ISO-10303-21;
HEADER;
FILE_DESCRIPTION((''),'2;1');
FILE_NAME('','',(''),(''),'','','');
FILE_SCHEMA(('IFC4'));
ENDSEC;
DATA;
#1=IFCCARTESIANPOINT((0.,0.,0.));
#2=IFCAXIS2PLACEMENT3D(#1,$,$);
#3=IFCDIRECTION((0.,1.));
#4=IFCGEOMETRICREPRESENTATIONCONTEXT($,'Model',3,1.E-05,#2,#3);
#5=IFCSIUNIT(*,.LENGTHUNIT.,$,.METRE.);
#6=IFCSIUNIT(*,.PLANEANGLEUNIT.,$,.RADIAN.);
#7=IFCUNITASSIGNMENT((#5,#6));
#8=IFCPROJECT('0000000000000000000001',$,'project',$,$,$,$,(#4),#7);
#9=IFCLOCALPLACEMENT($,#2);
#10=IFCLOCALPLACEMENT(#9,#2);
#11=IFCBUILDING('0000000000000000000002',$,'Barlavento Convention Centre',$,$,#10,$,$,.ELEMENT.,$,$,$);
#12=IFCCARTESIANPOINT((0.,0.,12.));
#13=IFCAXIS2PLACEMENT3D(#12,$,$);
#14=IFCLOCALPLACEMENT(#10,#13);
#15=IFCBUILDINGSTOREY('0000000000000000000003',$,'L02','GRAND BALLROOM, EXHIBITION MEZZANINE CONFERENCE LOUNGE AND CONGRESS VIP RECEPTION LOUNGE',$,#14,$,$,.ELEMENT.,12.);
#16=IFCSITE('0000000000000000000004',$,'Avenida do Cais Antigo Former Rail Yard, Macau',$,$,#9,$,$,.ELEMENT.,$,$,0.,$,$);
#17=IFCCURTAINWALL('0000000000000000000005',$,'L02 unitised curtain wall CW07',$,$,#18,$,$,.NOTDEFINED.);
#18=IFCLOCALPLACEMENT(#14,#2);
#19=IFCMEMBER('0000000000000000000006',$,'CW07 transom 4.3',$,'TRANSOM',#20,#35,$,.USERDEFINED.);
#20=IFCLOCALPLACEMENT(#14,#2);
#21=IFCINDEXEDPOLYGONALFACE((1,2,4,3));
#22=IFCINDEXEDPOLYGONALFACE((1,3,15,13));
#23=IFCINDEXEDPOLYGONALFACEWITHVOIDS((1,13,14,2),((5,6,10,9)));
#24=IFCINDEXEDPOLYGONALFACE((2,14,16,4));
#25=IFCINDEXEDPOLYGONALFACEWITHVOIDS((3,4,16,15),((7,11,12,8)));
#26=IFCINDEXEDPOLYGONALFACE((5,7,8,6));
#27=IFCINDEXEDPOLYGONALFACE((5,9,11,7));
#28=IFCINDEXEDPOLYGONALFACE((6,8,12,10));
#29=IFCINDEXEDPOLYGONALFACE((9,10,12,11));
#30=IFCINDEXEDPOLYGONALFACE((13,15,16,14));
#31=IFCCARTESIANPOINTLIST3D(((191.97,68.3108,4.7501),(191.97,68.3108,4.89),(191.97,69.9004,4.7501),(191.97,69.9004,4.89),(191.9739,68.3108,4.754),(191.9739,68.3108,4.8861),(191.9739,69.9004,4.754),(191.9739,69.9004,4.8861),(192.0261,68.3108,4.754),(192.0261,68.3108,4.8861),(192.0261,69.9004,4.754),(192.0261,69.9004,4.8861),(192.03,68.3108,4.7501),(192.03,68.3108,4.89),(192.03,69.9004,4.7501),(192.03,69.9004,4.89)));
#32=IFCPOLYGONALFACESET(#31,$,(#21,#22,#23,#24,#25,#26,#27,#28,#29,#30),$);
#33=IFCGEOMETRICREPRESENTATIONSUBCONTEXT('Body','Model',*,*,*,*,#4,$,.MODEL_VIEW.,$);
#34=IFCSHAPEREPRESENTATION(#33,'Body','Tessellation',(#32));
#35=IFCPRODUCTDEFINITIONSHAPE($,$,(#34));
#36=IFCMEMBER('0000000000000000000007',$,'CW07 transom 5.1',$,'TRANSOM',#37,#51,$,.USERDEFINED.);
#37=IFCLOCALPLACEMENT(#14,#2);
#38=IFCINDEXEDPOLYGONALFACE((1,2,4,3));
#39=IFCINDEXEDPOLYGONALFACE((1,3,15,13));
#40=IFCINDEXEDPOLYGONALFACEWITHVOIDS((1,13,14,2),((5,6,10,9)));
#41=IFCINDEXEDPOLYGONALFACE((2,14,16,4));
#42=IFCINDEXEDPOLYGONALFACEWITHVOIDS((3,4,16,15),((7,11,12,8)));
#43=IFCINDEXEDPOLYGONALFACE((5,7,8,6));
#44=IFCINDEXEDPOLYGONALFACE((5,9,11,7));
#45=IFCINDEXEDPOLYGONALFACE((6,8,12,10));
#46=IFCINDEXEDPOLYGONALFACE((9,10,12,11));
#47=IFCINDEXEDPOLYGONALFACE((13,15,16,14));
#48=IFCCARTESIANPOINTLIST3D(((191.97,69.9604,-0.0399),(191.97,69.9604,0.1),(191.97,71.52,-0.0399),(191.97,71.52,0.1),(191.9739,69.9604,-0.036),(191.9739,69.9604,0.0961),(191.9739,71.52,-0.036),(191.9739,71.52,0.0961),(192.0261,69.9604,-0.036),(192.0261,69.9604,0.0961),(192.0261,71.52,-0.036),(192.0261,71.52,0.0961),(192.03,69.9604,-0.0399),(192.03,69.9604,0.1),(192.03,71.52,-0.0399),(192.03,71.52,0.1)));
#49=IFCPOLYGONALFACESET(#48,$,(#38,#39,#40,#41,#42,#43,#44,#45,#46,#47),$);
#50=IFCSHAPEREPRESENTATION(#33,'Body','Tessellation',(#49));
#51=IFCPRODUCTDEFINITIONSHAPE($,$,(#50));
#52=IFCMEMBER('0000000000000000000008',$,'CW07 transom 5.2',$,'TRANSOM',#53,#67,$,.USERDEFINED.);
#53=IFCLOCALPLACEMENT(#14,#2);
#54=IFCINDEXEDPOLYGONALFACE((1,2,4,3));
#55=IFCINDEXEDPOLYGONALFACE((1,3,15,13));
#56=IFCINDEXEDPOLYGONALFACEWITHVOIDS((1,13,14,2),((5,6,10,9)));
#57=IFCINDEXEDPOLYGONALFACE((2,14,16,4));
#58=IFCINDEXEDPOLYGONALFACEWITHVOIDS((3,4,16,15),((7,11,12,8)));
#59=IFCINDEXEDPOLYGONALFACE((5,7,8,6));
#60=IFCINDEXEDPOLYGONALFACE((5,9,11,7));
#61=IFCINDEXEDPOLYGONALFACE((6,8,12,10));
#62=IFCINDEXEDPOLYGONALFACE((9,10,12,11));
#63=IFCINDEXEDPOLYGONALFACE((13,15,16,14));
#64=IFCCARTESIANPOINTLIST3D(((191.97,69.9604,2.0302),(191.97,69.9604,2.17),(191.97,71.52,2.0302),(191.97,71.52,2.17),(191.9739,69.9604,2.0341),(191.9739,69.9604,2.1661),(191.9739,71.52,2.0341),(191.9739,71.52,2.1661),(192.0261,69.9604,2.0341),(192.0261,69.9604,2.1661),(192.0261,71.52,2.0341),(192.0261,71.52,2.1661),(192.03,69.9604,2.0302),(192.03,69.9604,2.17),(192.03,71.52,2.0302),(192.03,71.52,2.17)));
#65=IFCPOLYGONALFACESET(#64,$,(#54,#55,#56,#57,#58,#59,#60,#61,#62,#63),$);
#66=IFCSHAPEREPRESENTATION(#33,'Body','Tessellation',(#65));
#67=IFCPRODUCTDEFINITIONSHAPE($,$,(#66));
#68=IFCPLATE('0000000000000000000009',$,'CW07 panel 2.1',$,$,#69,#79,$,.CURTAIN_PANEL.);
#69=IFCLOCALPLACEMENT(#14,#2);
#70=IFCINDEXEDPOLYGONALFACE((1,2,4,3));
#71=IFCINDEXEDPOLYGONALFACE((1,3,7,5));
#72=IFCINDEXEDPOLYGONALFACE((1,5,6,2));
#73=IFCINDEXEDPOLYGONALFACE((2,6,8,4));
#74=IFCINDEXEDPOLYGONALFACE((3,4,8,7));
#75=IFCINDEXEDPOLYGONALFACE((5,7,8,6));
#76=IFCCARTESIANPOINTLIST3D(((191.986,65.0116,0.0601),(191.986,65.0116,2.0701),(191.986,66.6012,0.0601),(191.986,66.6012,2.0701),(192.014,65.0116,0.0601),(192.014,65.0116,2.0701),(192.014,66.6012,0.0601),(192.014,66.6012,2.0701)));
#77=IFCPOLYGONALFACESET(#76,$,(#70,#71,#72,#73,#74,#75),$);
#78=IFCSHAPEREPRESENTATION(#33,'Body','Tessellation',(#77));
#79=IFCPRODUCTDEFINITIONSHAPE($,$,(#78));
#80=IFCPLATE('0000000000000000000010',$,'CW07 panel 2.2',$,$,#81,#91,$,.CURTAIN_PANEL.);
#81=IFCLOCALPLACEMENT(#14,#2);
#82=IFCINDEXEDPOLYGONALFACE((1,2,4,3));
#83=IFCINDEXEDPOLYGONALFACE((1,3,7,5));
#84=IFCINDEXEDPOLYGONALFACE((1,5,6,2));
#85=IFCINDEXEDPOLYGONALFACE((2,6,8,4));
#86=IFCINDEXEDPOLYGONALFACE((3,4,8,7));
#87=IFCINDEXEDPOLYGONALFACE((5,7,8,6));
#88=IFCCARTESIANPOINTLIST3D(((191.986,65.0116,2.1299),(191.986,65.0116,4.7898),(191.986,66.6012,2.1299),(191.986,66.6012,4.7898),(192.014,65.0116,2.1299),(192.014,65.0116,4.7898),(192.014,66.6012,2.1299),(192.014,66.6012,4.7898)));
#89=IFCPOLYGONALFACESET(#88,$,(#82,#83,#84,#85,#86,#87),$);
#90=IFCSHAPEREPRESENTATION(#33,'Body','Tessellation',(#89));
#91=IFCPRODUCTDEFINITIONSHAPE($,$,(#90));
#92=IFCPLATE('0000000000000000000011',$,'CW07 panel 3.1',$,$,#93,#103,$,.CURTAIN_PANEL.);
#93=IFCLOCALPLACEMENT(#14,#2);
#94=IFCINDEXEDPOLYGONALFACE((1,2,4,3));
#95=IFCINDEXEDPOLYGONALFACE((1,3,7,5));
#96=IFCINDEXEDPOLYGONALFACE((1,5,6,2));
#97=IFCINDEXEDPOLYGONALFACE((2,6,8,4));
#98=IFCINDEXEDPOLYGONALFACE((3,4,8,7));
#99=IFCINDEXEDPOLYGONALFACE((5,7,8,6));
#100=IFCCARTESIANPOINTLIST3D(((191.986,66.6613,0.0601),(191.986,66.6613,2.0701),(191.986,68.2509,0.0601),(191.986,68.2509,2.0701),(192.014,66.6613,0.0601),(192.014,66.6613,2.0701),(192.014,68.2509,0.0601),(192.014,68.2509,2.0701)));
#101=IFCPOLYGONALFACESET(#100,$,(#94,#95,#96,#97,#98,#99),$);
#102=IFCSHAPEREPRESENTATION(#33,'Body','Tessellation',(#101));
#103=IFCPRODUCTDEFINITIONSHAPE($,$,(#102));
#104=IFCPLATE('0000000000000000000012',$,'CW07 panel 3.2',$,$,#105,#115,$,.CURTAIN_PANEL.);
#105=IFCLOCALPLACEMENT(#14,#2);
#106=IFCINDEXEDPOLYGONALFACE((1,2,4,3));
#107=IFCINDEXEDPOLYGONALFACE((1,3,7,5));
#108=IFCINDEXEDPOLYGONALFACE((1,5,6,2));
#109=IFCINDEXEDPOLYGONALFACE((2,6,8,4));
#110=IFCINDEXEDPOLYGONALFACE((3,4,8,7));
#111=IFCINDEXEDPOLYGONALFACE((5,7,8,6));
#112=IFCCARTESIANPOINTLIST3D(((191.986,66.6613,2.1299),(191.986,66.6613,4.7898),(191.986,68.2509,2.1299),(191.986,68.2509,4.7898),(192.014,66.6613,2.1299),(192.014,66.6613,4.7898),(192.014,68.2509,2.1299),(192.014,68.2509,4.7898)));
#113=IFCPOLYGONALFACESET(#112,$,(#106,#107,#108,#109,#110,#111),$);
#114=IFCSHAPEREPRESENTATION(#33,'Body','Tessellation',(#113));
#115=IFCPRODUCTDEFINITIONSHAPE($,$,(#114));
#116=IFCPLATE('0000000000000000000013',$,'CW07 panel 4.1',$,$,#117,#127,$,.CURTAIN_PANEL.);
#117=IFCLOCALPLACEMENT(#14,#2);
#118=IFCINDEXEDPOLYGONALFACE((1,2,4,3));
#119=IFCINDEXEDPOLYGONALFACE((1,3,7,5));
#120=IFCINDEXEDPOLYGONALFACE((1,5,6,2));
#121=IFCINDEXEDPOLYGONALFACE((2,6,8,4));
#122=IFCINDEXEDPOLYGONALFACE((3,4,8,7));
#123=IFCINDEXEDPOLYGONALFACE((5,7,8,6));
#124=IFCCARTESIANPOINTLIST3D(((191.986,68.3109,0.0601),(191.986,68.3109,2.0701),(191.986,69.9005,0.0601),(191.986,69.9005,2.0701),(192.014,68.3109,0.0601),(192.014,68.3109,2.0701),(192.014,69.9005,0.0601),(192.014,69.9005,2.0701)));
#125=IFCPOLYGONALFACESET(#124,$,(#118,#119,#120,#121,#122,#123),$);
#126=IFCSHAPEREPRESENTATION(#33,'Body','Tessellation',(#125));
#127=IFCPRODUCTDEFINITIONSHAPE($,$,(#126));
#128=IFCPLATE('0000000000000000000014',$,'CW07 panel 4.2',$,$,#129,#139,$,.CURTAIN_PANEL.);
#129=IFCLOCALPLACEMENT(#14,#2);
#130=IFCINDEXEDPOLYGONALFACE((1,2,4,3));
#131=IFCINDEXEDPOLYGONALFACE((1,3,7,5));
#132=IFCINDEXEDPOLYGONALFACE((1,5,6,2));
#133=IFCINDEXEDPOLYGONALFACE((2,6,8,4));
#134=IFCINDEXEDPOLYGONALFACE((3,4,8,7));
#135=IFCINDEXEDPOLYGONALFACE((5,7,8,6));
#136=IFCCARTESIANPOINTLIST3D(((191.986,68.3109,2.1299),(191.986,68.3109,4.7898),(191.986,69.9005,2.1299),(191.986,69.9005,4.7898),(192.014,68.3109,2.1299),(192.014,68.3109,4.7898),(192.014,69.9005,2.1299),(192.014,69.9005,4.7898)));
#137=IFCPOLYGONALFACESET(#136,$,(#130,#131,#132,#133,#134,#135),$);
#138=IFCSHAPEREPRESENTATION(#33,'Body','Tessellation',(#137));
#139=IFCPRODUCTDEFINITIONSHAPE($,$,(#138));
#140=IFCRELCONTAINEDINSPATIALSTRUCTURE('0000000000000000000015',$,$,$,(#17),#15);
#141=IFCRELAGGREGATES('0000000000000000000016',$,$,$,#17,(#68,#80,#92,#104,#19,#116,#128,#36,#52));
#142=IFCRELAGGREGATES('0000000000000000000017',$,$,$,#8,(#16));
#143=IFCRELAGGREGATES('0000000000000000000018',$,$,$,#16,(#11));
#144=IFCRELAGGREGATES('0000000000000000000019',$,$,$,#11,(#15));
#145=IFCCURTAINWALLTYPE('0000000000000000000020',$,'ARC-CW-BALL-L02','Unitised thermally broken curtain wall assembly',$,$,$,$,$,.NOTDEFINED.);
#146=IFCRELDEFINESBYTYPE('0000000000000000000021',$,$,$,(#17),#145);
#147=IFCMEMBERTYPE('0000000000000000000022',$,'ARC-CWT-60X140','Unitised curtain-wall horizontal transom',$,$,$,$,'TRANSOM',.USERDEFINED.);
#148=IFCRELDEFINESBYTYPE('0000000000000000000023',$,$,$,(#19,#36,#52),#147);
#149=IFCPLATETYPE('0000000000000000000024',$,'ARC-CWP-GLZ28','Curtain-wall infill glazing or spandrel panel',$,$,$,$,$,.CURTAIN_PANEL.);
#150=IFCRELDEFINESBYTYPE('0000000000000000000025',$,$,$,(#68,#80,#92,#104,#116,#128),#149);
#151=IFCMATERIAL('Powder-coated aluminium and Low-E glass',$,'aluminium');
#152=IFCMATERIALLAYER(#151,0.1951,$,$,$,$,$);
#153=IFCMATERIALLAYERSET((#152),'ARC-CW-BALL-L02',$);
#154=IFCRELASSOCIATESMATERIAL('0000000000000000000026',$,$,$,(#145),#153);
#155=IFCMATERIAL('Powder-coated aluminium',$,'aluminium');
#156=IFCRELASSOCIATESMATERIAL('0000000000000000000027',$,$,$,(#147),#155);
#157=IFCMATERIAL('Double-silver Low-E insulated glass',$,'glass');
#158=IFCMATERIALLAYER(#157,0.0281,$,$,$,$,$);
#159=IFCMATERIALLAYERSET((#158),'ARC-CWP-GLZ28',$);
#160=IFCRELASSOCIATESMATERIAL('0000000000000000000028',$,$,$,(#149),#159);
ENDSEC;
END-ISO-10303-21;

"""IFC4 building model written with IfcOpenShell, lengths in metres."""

from ifc_helpers import new_model, si_unit, direction, frame, origin, origin_2d, place, context, subcontext, project, spatial, rectangle, hollow_rectangle, extrude, material, layer, layer_set, material_profile, profile_set, type_object, element, aggregate, save


model = new_model("IFC4")

# Units and contexts
model_context = context("Model", 3, precision=1e-05, world=origin(), true_north=direction((0.0, 1.0)))
body_context = subcontext(model_context, "Body", "Model", "MODEL_VIEW")
ifc_project = project(units=[si_unit("LENGTHUNIT", "METRE"), si_unit("PLANEANGLEUNIT", "RADIAN")], contexts=[model_context])

# Site, building, storey
site_placement = place(None, origin())
site = spatial("IfcSite", under=ifc_project, at=site_placement, Name="Avenida do Cais Antigo Former Rail Yard, Macau", CompositionType="ELEMENT", RefElevation=0.0)
building_placement = place(site_placement, origin())
building = spatial("IfcBuilding", under=site, at=building_placement, Name="Barlavento Convention Centre", CompositionType="ELEMENT")
storey_placement = place(building_placement, frame((0.0, 0.0, 12.0)))
storey = spatial("IfcBuildingStorey", under=building, at=storey_placement, Name="L02", Description="GRAND BALLROOM, EXHIBITION MEZZANINE CONFERENCE LOUNGE AND CONGRESS VIP RECEPTION LOUNGE", CompositionType="ELEMENT", Elevation=12.0)

# Curtain wall, members, plates
ifc_material_1 = material(Name="Powder-coated aluminium and Low-E glass", Category="aluminium")
ifc_layer_1 = layer(ifc_material_1, 0.1951)
ifc_layer_set_1 = layer_set([ifc_layer_1], Name="ARC-CW-BALL-L02")
curtain_wall_type = type_object("IfcCurtainWallType", Name="ARC-CW-BALL-L02", Description="Unitised thermally broken curtain wall assembly", PredefinedType="NOTDEFINED", material=ifc_layer_set_1)
curtain_wall_placement = place(storey_placement, origin())
curtain_wall = element("IfcCurtainWall", 1, at=curtain_wall_placement, inside=storey, type_object=curtain_wall_type, Name="L02 unitised curtain wall CW07", PredefinedType="NOTDEFINED")
ifc_material_2 = material(Name="Powder-coated aluminium", Category="aluminium")
ifc_material_profile_1 = material_profile(ifc_material_2, hollow_rectangle(XDim=0.0601, YDim=0.1399, WallThickness=0.0039, at=origin_2d()), Name="AL-TRAN 60x140x4")
ifc_profile_set_1 = profile_set([ifc_material_profile_1], Name="Powder-coated aluminium")
member_type_1 = type_object("IfcMemberType", Name="ARC-CWT-60X140", Description="Unitised curtain-wall horizontal transom", ElementType="TRANSOM", PredefinedType="USERDEFINED", material=ifc_profile_set_1)
member_1_placement = place(storey_placement, frame((192.0, 68.3108, 4.8201), z_axis=(0.0, 1.0, 0.0), x_axis=(-1.0, 0.0, 0.0)))
member_1 = element("IfcMember", 2, at=member_1_placement, type_object=member_type_1, Name="CW07 transom 4.3", ObjectType="TRANSOM", PredefinedType="USERDEFINED", context=body_context, shape_type="SweptSolid", body=[
    extrude(hollow_rectangle(XDim=0.0601, YDim=0.1399, WallThickness=0.0039, at=origin_2d()), origin(), (0.0, 0.0, 1.0), 1.5896),
])
member_2_placement = place(storey_placement, frame((192.0, 69.9604, 0.03), z_axis=(0.0, 1.0, 0.0), x_axis=(-1.0, 0.0, 0.0)))
member_2 = element("IfcMember", 3, at=member_2_placement, type_object=member_type_1, Name="CW07 transom 5.1", ObjectType="TRANSOM", PredefinedType="USERDEFINED", context=body_context, shape_type="SweptSolid", body=[
    extrude(hollow_rectangle(XDim=0.0601, YDim=0.1399, WallThickness=0.0039, at=origin_2d()), origin(), (0.0, 0.0, 1.0), 1.5596),
])
member_3_placement = place(storey_placement, frame((192.0, 69.9604, 2.1001), z_axis=(0.0, 1.0, 0.0), x_axis=(-1.0, 0.0, 0.0)))
member_3 = element("IfcMember", 4, at=member_3_placement, type_object=member_type_1, Name="CW07 transom 5.2", ObjectType="TRANSOM", PredefinedType="USERDEFINED", context=body_context, shape_type="SweptSolid", body=[
    extrude(hollow_rectangle(XDim=0.0601, YDim=0.1399, WallThickness=0.0039, at=origin_2d()), origin(), (0.0, 0.0, 1.0), 1.5596),
])
ifc_material_3 = material(Name="Double-silver Low-E insulated glass", Category="glass")
ifc_layer_2 = layer(ifc_material_3, 0.0281)
ifc_layer_set_2 = layer_set([ifc_layer_2], Name="ARC-CWP-GLZ28")
plate_type = type_object("IfcPlateType", Name="ARC-CWP-GLZ28", Description="Curtain-wall infill glazing or spandrel panel", PredefinedType="CURTAIN_PANEL", material=ifc_layer_set_2)
plate_1_placement = place(storey_placement, frame((192.0, 65.8064, 0.0601), z_axis=(0.0, 0.0, 1.0), x_axis=(0.0, 1.0, 0.0)))
plate_1 = element("IfcPlate", 5, at=plate_1_placement, type_object=plate_type, Name="CW07 panel 2.1", PredefinedType="CURTAIN_PANEL", context=body_context, shape_type="SweptSolid", body=[
    extrude(rectangle(XDim=1.5896, YDim=0.0281, at=origin_2d()), origin(), (0.0, 0.0, 1.0), 2.01),
])
plate_2_placement = place(storey_placement, frame((192.0, 65.8064, 2.1299), z_axis=(0.0, 0.0, 1.0), x_axis=(0.0, 1.0, 0.0)))
plate_2 = element("IfcPlate", 6, at=plate_2_placement, type_object=plate_type, Name="CW07 panel 2.2", PredefinedType="CURTAIN_PANEL", context=body_context, shape_type="SweptSolid", body=[
    extrude(rectangle(XDim=1.5896, YDim=0.0281, at=origin_2d()), origin(), (0.0, 0.0, 1.0), 2.6599),
])
plate_3_placement = place(storey_placement, frame((192.0, 67.4561, 0.0601), z_axis=(0.0, 0.0, 1.0), x_axis=(0.0, 1.0, 0.0)))
plate_3 = element("IfcPlate", 7, at=plate_3_placement, type_object=plate_type, Name="CW07 panel 3.1", PredefinedType="CURTAIN_PANEL", context=body_context, shape_type="SweptSolid", body=[
    extrude(rectangle(XDim=1.5896, YDim=0.0281, at=origin_2d()), origin(), (0.0, 0.0, 1.0), 2.01),
])
plate_4_placement = place(storey_placement, frame((192.0, 67.4561, 2.1299), z_axis=(0.0, 0.0, 1.0), x_axis=(0.0, 1.0, 0.0)))
plate_4 = element("IfcPlate", 8, at=plate_4_placement, type_object=plate_type, Name="CW07 panel 3.2", PredefinedType="CURTAIN_PANEL", context=body_context, shape_type="SweptSolid", body=[
    extrude(rectangle(XDim=1.5896, YDim=0.0281, at=origin_2d()), origin(), (0.0, 0.0, 1.0), 2.6599),
])
plate_5_placement = place(storey_placement, frame((192.0, 69.1057, 0.0601), z_axis=(0.0, 0.0, 1.0), x_axis=(0.0, 1.0, 0.0)))
plate_5 = element("IfcPlate", 9, at=plate_5_placement, type_object=plate_type, Name="CW07 panel 4.1", PredefinedType="CURTAIN_PANEL", context=body_context, shape_type="SweptSolid", body=[
    extrude(rectangle(XDim=1.5896, YDim=0.0281, at=origin_2d()), origin(), (0.0, 0.0, 1.0), 2.01),
])
plate_6_placement = place(storey_placement, frame((192.0, 69.1057, 2.1299), z_axis=(0.0, 0.0, 1.0), x_axis=(0.0, 1.0, 0.0)))
plate_6 = element("IfcPlate", 10, at=plate_6_placement, type_object=plate_type, Name="CW07 panel 4.2", PredefinedType="CURTAIN_PANEL", context=body_context, shape_type="SweptSolid", body=[
    extrude(rectangle(XDim=1.5896, YDim=0.0281, at=origin_2d()), origin(), (0.0, 0.0, 1.0), 2.6599),
])
aggregate(curtain_wall, [plate_1, plate_2, plate_3, plate_4, member_1, plate_5, plate_6, member_2, member_3])

save(model, "model.ifc")
